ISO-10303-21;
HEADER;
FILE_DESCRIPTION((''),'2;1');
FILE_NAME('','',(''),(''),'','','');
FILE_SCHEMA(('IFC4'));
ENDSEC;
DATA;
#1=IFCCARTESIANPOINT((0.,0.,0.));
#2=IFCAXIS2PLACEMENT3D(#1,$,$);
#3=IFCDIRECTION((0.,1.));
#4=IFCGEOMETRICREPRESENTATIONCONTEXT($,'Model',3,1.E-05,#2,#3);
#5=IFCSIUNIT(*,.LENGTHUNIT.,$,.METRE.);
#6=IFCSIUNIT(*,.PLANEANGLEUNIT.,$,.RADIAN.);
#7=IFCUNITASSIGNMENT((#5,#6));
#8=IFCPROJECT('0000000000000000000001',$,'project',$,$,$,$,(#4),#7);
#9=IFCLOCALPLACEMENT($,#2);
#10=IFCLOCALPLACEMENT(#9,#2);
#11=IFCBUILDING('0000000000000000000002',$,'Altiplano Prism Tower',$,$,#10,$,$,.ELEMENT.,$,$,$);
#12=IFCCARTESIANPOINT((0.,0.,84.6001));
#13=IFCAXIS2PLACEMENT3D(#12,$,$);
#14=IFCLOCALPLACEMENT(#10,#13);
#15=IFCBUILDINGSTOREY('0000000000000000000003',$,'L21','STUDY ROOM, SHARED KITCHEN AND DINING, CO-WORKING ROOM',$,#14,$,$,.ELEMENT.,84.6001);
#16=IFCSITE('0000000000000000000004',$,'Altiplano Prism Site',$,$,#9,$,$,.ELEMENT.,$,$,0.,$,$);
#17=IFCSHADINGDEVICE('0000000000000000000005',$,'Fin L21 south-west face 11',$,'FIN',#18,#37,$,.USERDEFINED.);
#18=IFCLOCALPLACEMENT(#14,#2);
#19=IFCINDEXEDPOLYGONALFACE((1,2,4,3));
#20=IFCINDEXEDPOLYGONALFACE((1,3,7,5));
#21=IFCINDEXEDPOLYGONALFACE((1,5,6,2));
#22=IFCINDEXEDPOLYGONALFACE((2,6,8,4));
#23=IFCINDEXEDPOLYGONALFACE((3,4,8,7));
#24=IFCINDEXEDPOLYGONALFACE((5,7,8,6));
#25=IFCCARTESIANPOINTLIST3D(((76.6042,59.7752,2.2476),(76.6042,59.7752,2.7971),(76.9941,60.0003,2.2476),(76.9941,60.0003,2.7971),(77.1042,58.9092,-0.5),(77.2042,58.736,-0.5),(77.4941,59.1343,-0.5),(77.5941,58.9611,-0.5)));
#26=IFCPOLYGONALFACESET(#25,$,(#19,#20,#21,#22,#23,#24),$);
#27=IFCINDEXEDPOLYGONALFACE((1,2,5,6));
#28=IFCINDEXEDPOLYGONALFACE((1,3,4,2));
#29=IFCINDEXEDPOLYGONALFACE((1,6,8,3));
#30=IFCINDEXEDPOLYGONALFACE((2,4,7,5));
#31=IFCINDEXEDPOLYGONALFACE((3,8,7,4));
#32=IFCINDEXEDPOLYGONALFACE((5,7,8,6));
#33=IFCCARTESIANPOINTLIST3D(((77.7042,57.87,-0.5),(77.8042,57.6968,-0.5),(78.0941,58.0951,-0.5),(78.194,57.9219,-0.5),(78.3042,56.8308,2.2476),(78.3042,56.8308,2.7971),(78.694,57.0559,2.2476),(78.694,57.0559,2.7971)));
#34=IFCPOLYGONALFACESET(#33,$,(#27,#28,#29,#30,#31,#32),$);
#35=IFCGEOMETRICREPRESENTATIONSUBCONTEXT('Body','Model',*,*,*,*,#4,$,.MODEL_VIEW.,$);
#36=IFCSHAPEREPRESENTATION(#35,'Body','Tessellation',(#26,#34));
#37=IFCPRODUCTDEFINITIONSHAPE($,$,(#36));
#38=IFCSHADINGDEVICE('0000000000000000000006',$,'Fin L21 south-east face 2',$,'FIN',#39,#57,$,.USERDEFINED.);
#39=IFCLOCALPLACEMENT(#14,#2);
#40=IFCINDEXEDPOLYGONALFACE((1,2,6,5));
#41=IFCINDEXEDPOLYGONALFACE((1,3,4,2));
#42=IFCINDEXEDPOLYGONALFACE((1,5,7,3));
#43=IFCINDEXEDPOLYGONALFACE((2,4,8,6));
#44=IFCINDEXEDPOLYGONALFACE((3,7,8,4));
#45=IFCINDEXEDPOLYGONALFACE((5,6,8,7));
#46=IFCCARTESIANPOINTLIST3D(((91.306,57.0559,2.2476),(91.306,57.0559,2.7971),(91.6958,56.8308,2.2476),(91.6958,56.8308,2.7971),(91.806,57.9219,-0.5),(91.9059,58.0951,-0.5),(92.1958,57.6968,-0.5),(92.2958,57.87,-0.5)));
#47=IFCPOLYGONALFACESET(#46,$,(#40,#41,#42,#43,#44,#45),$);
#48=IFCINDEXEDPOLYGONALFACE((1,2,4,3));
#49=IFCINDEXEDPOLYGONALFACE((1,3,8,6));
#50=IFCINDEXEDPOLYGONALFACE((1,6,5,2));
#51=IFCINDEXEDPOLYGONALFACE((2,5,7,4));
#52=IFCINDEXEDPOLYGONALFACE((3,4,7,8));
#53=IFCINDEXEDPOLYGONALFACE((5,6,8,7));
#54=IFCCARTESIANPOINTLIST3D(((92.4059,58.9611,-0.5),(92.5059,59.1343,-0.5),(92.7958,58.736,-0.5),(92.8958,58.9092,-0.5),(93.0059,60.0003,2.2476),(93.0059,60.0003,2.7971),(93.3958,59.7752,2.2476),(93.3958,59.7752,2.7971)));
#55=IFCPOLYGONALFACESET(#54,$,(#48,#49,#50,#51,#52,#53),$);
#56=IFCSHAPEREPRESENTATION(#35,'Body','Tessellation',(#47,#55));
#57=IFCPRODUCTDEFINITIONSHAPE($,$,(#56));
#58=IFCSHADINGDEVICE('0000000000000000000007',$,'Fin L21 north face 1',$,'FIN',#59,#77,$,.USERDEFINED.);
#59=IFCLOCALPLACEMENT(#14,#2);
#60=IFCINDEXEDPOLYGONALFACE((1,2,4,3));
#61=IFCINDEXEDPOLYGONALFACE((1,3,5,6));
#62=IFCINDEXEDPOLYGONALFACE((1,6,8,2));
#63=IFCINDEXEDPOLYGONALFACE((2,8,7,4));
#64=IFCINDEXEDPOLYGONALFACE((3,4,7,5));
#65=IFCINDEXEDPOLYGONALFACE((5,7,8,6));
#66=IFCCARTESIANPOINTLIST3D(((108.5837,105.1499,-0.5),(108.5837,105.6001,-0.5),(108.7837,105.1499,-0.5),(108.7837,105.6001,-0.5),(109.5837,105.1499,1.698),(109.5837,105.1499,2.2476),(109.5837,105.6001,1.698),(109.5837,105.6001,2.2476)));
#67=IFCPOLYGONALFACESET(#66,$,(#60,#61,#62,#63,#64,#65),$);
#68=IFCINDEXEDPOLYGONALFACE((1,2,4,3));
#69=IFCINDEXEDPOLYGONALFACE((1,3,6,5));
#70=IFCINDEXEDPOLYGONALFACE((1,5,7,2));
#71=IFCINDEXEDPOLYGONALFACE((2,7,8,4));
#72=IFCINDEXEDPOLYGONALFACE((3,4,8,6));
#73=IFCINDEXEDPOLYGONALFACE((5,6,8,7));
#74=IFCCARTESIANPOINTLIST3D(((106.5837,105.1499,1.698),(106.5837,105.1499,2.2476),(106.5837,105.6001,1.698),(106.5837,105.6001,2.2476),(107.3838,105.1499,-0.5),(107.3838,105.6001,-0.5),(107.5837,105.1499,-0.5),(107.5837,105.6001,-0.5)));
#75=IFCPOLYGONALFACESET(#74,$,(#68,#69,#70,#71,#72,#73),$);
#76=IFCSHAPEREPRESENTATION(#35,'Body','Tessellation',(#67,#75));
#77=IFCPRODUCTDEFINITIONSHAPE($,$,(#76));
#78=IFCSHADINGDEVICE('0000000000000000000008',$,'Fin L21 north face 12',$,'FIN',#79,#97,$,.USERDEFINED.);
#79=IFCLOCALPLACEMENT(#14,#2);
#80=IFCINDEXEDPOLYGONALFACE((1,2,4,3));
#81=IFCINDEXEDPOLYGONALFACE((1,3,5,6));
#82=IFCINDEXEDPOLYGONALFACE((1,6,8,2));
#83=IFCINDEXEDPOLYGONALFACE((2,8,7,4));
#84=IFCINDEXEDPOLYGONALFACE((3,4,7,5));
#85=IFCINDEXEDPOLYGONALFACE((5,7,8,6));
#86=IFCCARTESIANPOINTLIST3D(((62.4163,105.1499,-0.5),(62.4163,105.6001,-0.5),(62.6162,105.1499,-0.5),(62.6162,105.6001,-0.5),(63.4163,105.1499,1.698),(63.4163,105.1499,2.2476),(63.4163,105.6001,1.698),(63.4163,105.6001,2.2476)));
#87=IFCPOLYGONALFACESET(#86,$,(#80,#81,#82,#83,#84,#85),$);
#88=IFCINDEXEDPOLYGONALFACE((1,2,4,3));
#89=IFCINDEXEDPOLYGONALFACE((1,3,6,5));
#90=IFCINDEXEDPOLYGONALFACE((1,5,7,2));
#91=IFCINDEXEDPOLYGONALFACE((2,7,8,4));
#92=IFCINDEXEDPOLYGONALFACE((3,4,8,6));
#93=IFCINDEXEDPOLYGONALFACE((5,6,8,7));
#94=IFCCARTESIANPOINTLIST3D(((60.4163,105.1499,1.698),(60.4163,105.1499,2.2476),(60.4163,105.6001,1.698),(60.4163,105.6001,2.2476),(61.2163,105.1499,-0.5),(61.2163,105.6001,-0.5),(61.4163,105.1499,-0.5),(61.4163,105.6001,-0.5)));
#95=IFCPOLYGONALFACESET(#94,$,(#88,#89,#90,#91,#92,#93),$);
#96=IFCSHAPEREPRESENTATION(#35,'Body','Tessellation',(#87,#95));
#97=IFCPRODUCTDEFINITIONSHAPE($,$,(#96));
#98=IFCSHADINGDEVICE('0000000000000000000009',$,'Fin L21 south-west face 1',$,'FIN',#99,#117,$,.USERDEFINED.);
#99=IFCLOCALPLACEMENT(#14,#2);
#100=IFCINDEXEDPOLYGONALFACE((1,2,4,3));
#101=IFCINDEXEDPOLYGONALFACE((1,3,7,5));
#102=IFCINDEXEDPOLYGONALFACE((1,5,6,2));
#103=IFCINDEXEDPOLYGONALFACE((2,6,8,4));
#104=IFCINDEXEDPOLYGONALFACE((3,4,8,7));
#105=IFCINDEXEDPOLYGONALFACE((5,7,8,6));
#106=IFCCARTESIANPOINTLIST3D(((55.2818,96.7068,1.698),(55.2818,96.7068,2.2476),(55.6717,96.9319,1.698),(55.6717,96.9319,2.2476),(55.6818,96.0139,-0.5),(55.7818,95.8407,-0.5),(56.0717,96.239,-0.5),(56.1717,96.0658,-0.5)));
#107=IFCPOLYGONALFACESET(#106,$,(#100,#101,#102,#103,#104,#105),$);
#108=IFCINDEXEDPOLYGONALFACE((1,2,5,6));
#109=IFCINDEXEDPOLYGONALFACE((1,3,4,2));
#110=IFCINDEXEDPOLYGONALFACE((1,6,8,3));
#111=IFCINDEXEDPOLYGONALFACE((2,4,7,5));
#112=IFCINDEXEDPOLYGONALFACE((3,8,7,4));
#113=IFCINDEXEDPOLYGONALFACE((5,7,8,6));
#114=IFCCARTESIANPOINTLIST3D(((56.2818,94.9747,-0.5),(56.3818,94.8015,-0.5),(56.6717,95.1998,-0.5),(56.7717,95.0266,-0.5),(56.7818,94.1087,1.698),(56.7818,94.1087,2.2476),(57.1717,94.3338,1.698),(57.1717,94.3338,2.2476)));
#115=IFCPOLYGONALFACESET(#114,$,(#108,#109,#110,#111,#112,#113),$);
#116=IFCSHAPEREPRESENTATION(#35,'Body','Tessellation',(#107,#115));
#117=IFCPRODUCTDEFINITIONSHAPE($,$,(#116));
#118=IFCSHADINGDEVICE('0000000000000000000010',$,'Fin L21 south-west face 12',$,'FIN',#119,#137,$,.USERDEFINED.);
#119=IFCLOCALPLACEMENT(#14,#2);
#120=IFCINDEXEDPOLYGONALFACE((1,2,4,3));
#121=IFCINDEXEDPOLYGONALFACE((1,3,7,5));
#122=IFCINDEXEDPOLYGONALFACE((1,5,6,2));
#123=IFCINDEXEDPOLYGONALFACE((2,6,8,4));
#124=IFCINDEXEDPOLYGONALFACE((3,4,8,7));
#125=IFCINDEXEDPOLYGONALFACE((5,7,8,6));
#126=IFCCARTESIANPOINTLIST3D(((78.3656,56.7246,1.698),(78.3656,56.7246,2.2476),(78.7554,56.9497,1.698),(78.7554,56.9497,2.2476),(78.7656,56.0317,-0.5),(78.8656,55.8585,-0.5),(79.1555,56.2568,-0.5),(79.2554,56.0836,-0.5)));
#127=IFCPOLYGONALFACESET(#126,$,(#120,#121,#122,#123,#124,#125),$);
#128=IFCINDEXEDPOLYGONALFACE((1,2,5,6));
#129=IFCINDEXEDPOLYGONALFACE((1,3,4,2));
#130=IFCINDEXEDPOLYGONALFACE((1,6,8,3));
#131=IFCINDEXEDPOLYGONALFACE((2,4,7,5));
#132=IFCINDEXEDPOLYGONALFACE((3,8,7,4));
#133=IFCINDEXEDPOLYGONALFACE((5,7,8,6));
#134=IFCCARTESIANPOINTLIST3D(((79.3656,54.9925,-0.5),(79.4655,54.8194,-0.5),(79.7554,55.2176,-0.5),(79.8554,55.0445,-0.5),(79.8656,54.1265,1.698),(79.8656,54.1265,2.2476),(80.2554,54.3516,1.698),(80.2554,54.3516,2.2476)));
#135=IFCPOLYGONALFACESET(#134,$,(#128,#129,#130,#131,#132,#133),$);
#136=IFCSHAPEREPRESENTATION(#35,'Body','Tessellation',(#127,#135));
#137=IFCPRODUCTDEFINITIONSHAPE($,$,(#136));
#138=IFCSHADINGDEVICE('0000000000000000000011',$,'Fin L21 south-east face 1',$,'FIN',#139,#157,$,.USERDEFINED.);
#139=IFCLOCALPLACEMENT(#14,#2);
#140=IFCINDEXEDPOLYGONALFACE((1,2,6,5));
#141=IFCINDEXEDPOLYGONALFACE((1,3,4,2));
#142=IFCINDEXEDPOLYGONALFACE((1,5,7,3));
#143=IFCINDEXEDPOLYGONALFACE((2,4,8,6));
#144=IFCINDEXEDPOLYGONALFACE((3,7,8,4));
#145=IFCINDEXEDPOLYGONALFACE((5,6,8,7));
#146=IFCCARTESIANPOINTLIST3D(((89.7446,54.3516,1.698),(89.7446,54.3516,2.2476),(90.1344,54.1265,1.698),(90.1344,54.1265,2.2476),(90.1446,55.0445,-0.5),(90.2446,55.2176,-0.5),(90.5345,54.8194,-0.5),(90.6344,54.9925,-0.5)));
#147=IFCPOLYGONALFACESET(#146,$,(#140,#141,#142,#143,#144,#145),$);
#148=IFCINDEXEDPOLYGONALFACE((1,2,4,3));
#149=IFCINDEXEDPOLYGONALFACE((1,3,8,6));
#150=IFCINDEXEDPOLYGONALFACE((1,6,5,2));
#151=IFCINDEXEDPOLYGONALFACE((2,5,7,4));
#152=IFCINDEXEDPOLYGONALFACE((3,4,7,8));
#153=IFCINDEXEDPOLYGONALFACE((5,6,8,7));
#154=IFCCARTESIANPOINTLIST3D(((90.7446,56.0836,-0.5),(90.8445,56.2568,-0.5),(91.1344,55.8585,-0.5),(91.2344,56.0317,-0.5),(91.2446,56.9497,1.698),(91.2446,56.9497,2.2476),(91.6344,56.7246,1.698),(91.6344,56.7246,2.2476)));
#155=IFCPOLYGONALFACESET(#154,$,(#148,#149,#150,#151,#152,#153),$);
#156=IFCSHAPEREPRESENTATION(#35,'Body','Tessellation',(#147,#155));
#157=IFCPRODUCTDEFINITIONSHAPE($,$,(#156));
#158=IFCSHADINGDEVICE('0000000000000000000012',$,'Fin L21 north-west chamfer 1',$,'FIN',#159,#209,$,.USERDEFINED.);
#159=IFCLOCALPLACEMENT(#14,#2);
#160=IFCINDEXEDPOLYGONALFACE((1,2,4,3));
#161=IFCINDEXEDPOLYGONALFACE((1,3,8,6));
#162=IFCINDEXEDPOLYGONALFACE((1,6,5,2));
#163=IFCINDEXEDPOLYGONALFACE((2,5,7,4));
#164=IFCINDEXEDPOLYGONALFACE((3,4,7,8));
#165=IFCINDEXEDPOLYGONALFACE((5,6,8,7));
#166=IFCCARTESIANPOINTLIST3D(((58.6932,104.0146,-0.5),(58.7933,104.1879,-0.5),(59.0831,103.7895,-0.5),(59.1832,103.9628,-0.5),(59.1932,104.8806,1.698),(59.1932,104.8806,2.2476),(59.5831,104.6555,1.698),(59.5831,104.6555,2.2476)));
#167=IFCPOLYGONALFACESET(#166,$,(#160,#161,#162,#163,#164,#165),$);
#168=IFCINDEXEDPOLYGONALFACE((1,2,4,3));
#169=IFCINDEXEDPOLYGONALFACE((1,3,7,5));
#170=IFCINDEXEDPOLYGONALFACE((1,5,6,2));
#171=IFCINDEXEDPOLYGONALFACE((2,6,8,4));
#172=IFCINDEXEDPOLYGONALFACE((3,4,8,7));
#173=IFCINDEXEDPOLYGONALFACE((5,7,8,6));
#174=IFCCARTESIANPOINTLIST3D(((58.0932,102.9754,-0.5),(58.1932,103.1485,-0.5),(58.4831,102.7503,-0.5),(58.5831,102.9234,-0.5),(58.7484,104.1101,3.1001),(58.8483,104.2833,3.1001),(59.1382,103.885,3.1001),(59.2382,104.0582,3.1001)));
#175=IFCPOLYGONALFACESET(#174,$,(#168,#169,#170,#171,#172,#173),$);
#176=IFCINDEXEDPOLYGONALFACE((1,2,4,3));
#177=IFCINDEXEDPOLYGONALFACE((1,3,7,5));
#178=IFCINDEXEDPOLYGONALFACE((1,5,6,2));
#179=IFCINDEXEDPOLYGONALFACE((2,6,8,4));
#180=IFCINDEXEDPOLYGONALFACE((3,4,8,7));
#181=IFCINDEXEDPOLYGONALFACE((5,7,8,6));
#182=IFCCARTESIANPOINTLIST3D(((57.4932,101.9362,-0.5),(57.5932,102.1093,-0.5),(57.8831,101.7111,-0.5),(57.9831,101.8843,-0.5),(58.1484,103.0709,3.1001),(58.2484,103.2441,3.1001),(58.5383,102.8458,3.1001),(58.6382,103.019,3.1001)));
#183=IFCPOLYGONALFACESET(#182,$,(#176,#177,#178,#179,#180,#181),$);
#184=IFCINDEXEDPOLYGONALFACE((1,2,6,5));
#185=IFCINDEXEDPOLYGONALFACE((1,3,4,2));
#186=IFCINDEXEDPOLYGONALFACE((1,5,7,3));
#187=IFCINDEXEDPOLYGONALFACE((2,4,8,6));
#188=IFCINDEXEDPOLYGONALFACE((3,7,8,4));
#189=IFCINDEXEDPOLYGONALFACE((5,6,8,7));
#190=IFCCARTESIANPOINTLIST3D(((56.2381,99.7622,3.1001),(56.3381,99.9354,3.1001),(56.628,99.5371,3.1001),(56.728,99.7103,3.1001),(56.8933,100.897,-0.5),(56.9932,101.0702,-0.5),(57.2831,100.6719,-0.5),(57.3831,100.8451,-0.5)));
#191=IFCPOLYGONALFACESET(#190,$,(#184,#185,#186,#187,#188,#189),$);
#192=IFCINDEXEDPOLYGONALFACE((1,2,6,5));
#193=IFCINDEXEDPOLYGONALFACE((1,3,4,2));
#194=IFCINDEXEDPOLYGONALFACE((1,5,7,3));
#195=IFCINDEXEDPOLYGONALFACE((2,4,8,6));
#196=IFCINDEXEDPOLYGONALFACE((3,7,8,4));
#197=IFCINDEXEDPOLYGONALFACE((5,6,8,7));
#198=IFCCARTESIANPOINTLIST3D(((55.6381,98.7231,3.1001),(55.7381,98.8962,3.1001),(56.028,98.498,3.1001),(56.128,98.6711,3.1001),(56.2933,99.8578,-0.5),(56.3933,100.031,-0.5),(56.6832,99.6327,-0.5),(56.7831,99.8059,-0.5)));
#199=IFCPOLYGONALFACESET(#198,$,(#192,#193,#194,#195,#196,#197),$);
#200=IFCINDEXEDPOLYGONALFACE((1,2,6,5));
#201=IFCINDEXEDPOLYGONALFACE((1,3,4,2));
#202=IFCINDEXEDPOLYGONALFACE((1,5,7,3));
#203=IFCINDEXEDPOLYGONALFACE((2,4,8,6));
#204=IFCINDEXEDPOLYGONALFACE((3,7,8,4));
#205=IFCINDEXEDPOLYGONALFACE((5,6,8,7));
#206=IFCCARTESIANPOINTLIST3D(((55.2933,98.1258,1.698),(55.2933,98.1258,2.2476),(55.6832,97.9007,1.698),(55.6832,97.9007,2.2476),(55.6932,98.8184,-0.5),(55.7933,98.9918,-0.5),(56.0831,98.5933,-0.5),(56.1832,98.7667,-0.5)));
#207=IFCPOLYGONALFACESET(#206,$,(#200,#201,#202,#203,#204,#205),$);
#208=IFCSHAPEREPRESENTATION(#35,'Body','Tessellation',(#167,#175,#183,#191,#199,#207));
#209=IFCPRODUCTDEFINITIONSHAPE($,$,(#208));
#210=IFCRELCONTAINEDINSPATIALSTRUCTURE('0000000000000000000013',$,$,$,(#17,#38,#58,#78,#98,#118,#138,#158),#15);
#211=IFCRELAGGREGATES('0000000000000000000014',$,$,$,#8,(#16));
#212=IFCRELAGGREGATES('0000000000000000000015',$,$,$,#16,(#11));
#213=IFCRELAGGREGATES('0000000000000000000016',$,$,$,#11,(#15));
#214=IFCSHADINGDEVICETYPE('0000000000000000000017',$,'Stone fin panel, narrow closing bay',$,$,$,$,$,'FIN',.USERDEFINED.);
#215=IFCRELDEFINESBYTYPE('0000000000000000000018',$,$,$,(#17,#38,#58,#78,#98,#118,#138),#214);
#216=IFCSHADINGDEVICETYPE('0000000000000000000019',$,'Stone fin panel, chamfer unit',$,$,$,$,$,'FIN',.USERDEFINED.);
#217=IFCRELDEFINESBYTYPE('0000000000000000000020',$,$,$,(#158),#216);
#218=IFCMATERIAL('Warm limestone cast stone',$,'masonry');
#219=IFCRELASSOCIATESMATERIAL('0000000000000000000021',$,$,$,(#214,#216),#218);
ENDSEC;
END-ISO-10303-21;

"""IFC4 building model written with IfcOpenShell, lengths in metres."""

from ifc_helpers import new_model, si_unit, direction, frame, origin, place, context, subcontext, project, spatial, polyline, outline, extrude, source, transform, mapped, material, type_object, element, save


model = new_model("IFC4")

# Units and contexts
model_context = context("Model", 3, precision=1e-05, world=origin(), true_north=direction((0.0, 1.0)))
body_context = subcontext(model_context, "Body", "Model", "MODEL_VIEW")
ifc_project = project(units=[si_unit("LENGTHUNIT", "METRE"), si_unit("PLANEANGLEUNIT", "RADIAN")], contexts=[model_context])

# Site, building, storey
site_placement = place(None, origin())
site = spatial("IfcSite", under=ifc_project, at=site_placement, Name="Altiplano Prism Site", CompositionType="ELEMENT", RefElevation=0.0)
building_placement = place(site_placement, origin())
building = spatial("IfcBuilding", under=site, at=building_placement, Name="Altiplano Prism Tower", CompositionType="ELEMENT")
storey_placement = place(building_placement, frame((0.0, 0.0, 84.6001)))
storey = spatial("IfcBuildingStorey", under=building, at=storey_placement, Name="L21", Description="STUDY ROOM, SHARED KITCHEN AND DINING, CO-WORKING ROOM", CompositionType="ELEMENT", Elevation=84.6001)

# Shading devices
ifc_material_1 = material(Name="Warm limestone cast stone", Category="masonry")
shading_device_type_1 = type_object("IfcShadingDeviceType", Name="Stone fin panel, narrow closing bay", ElementType="FIN", PredefinedType="USERDEFINED", material=ifc_material_1)
shared_shape_1 = source(origin(), body_context, "Body", "SweptSolid", [
    extrude(outline(polyline([(-1.7, 3.2971), (-1.7, 2.7476), (-0.7, 0.0), (-0.5, 0.0), (-1.7, 3.2971)])), frame((0.0, -0.1499, 0.0), z_axis=(0.0, -1.0, 0.0), x_axis=(1.0, 0.0, 0.0)), (0.0, 0.0, 1.0), 0.4502),
    extrude(outline(polyline([(1.7, 2.7476), (1.7, 3.2971), (0.5, 0.0), (0.7, 0.0), (1.7, 2.7476)])), frame((0.0, -0.1499, 0.0), z_axis=(0.0, -1.0, 0.0), x_axis=(1.0, 0.0, 0.0)), (0.0, 0.0, 1.0), 0.4502),
])
shading_device_1_placement = place(storey_placement, origin())
element("IfcShadingDevice", 1, at=shading_device_1_placement, inside=storey, type_object=shading_device_type_1, Name="Fin L21 south-west face 11", ObjectType="FIN", PredefinedType="USERDEFINED", context=body_context, shape_type="MappedRepresentation", body=[
    mapped(shared_shape_1, transform((77.9739, 58.603, -0.5), x_axis=(0.5, -0.866025, 0.0), y_axis=(0.866025, 0.5, 0.0), z_axis=(0.0, 0.0, 1.0))),
])
shading_device_2_placement = place(storey_placement, origin())
element("IfcShadingDevice", 2, at=shading_device_2_placement, inside=storey, type_object=shading_device_type_1, Name="Fin L21 south-east face 2", ObjectType="FIN", PredefinedType="USERDEFINED", context=body_context, shape_type="MappedRepresentation", body=[
    mapped(shared_shape_1, transform((92.0261, 58.603, -0.5), x_axis=(0.5, 0.866025, 0.0), y_axis=(-0.866025, 0.5, 0.0), z_axis=(0.0, 0.0, 1.0))),
])
shared_shape_2 = source(origin(), body_context, "Body", "SweptSolid", [
    extrude(outline(polyline([(-1.5, 2.7476), (-1.5, 2.198), (-0.7, 0.0), (-0.5, 0.0), (-1.5, 2.7476)])), frame((0.0, -0.1499, 0.0), z_axis=(0.0, -1.0, 0.0), x_axis=(1.0, 0.0, 0.0)), (0.0, 0.0, 1.0), 0.4502),
    extrude(outline(polyline([(1.5, 2.198), (1.5, 2.7476), (0.5, 0.0), (0.7, 0.0), (1.5, 2.198)])), frame((0.0, -0.1499, 0.0), z_axis=(0.0, -1.0, 0.0), x_axis=(1.0, 0.0, 0.0)), (0.0, 0.0, 1.0), 0.4502),
])
shading_device_3_placement = place(storey_placement, origin())
element("IfcShadingDevice", 3, at=shading_device_3_placement, inside=storey, type_object=shading_device_type_1, Name="Fin L21 north face 1", ObjectType="FIN", PredefinedType="USERDEFINED", context=body_context, shape_type="MappedRepresentation", body=[
    mapped(shared_shape_2, transform((108.0837, 105.0, -0.5), x_axis=(-1.0, 0.0, 0.0), y_axis=(0.0, -1.0, 0.0), z_axis=(0.0, 0.0, 1.0))),
])
shading_device_4_placement = place(storey_placement, origin())
element("IfcShadingDevice", 4, at=shading_device_4_placement, inside=storey, type_object=shading_device_type_1, Name="Fin L21 north face 12", ObjectType="FIN", PredefinedType="USERDEFINED", context=body_context, shape_type="MappedRepresentation", body=[
    mapped(shared_shape_2, transform((61.9163, 105.0, -0.5), x_axis=(-1.0, 0.0, 0.0), y_axis=(0.0, -1.0, 0.0), z_axis=(0.0, 0.0, 1.0))),
])
shading_device_5_placement = place(storey_placement, origin())
element("IfcShadingDevice", 5, at=shading_device_5_placement, inside=storey, type_object=shading_device_type_1, Name="Fin L21 south-west face 1", ObjectType="FIN", PredefinedType="USERDEFINED", context=body_context, shape_type="MappedRepresentation", body=[
    mapped(shared_shape_2, transform((56.5515, 95.7078, -0.5), x_axis=(0.5, -0.866025, 0.0), y_axis=(0.866025, 0.5, 0.0), z_axis=(0.0, 0.0, 1.0))),
])
shading_device_6_placement = place(storey_placement, origin())
element("IfcShadingDevice", 6, at=shading_device_6_placement, inside=storey, type_object=shading_device_type_1, Name="Fin L21 south-west face 12", ObjectType="FIN", PredefinedType="USERDEFINED", context=body_context, shape_type="MappedRepresentation", body=[
    mapped(shared_shape_2, transform((79.6353, 55.7256, -0.5), x_axis=(0.5, -0.866025, 0.0), y_axis=(0.866025, 0.5, 0.0), z_axis=(0.0, 0.0, 1.0))),
])
shading_device_7_placement = place(storey_placement, origin())
element("IfcShadingDevice", 7, at=shading_device_7_placement, inside=storey, type_object=shading_device_type_1, Name="Fin L21 south-east face 1", ObjectType="FIN", PredefinedType="USERDEFINED", context=body_context, shape_type="MappedRepresentation", body=[
    mapped(shared_shape_2, transform((90.3647, 55.7256, -0.5), x_axis=(0.5, 0.866025, 0.0), y_axis=(-0.866025, 0.5, 0.0), z_axis=(0.0, 0.0, 1.0))),
])
shading_device_type_2 = type_object("IfcShadingDeviceType", Name="Stone fin panel, chamfer unit", ElementType="FIN", PredefinedType="USERDEFINED", material=ifc_material_1)
shared_shape_3 = source(origin(), body_context, "Body", "SweptSolid", [
    extrude(outline(polyline([(-3.8999, 2.7476), (-3.8999, 2.198), (-3.1001, 0.0), (-2.8999, 0.0), (-3.8999, 2.7476)])), frame((0.0, -0.1499, 0.0), z_axis=(0.0, -1.0, 0.0), x_axis=(1.0, 0.0, 0.0)), (0.0, 0.0, 1.0), 0.4502),
    extrude(outline(polyline([(-3.2102, 3.6001), (-1.8999, 0.0), (-1.7, 0.0), (-3.0103, 3.6001), (-3.2102, 3.6001)])), frame((0.0, -0.1499, 0.0), z_axis=(0.0, -1.0, 0.0), x_axis=(1.0, 0.0, 0.0)), (0.0, 0.0, 1.0), 0.4502),
    extrude(outline(polyline([(-2.0103, 3.6001), (-0.7, 0.0), (-0.5, 0.0), (-1.8103, 3.6001), (-2.0103, 3.6001)])), frame((0.0, -0.1499, 0.0), z_axis=(0.0, -1.0, 0.0), x_axis=(1.0, 0.0, 0.0)), (0.0, 0.0, 1.0), 0.4502),
    extrude(outline(polyline([(1.8103, 3.6001), (0.5, 0.0), (0.7, 0.0), (2.0103, 3.6001), (1.8103, 3.6001)])), frame((0.0, -0.1499, 0.0), z_axis=(0.0, -1.0, 0.0), x_axis=(1.0, 0.0, 0.0)), (0.0, 0.0, 1.0), 0.4502),
    extrude(outline(polyline([(3.0103, 3.6001), (1.7, 0.0), (1.8999, 0.0), (3.2102, 3.6001), (3.0103, 3.6001)])), frame((0.0, -0.1499, 0.0), z_axis=(0.0, -1.0, 0.0), x_axis=(1.0, 0.0, 0.0)), (0.0, 0.0, 1.0), 0.4502),
    extrude(outline(polyline([(3.8999, 2.198), (3.8999, 2.7476), (2.8999, 0.0), (3.1001, 0.0), (3.8999, 2.198)])), frame((0.0, -0.1499, 0.0), z_axis=(0.0, -1.0, 0.0), x_axis=(1.0, 0.0, 0.0)), (0.0, 0.0, 1.0), 0.4502),
])
shading_device_8_placement = place(storey_placement, origin())
element("IfcShadingDevice", 8, at=shading_device_8_placement, inside=storey, type_object=shading_device_type_2, Name="Fin L21 north-west chamfer 1", ObjectType="FIN", PredefinedType="USERDEFINED", context=body_context, shape_type="MappedRepresentation", body=[
    mapped(shared_shape_3, transform((57.7629, 101.2031, -0.5), x_axis=(-0.5, -0.866025, 0.0), y_axis=(0.866025, -0.5, 0.0), z_axis=(0.0, 0.0, 1.0))),
])

save(model, "model.ifc")
